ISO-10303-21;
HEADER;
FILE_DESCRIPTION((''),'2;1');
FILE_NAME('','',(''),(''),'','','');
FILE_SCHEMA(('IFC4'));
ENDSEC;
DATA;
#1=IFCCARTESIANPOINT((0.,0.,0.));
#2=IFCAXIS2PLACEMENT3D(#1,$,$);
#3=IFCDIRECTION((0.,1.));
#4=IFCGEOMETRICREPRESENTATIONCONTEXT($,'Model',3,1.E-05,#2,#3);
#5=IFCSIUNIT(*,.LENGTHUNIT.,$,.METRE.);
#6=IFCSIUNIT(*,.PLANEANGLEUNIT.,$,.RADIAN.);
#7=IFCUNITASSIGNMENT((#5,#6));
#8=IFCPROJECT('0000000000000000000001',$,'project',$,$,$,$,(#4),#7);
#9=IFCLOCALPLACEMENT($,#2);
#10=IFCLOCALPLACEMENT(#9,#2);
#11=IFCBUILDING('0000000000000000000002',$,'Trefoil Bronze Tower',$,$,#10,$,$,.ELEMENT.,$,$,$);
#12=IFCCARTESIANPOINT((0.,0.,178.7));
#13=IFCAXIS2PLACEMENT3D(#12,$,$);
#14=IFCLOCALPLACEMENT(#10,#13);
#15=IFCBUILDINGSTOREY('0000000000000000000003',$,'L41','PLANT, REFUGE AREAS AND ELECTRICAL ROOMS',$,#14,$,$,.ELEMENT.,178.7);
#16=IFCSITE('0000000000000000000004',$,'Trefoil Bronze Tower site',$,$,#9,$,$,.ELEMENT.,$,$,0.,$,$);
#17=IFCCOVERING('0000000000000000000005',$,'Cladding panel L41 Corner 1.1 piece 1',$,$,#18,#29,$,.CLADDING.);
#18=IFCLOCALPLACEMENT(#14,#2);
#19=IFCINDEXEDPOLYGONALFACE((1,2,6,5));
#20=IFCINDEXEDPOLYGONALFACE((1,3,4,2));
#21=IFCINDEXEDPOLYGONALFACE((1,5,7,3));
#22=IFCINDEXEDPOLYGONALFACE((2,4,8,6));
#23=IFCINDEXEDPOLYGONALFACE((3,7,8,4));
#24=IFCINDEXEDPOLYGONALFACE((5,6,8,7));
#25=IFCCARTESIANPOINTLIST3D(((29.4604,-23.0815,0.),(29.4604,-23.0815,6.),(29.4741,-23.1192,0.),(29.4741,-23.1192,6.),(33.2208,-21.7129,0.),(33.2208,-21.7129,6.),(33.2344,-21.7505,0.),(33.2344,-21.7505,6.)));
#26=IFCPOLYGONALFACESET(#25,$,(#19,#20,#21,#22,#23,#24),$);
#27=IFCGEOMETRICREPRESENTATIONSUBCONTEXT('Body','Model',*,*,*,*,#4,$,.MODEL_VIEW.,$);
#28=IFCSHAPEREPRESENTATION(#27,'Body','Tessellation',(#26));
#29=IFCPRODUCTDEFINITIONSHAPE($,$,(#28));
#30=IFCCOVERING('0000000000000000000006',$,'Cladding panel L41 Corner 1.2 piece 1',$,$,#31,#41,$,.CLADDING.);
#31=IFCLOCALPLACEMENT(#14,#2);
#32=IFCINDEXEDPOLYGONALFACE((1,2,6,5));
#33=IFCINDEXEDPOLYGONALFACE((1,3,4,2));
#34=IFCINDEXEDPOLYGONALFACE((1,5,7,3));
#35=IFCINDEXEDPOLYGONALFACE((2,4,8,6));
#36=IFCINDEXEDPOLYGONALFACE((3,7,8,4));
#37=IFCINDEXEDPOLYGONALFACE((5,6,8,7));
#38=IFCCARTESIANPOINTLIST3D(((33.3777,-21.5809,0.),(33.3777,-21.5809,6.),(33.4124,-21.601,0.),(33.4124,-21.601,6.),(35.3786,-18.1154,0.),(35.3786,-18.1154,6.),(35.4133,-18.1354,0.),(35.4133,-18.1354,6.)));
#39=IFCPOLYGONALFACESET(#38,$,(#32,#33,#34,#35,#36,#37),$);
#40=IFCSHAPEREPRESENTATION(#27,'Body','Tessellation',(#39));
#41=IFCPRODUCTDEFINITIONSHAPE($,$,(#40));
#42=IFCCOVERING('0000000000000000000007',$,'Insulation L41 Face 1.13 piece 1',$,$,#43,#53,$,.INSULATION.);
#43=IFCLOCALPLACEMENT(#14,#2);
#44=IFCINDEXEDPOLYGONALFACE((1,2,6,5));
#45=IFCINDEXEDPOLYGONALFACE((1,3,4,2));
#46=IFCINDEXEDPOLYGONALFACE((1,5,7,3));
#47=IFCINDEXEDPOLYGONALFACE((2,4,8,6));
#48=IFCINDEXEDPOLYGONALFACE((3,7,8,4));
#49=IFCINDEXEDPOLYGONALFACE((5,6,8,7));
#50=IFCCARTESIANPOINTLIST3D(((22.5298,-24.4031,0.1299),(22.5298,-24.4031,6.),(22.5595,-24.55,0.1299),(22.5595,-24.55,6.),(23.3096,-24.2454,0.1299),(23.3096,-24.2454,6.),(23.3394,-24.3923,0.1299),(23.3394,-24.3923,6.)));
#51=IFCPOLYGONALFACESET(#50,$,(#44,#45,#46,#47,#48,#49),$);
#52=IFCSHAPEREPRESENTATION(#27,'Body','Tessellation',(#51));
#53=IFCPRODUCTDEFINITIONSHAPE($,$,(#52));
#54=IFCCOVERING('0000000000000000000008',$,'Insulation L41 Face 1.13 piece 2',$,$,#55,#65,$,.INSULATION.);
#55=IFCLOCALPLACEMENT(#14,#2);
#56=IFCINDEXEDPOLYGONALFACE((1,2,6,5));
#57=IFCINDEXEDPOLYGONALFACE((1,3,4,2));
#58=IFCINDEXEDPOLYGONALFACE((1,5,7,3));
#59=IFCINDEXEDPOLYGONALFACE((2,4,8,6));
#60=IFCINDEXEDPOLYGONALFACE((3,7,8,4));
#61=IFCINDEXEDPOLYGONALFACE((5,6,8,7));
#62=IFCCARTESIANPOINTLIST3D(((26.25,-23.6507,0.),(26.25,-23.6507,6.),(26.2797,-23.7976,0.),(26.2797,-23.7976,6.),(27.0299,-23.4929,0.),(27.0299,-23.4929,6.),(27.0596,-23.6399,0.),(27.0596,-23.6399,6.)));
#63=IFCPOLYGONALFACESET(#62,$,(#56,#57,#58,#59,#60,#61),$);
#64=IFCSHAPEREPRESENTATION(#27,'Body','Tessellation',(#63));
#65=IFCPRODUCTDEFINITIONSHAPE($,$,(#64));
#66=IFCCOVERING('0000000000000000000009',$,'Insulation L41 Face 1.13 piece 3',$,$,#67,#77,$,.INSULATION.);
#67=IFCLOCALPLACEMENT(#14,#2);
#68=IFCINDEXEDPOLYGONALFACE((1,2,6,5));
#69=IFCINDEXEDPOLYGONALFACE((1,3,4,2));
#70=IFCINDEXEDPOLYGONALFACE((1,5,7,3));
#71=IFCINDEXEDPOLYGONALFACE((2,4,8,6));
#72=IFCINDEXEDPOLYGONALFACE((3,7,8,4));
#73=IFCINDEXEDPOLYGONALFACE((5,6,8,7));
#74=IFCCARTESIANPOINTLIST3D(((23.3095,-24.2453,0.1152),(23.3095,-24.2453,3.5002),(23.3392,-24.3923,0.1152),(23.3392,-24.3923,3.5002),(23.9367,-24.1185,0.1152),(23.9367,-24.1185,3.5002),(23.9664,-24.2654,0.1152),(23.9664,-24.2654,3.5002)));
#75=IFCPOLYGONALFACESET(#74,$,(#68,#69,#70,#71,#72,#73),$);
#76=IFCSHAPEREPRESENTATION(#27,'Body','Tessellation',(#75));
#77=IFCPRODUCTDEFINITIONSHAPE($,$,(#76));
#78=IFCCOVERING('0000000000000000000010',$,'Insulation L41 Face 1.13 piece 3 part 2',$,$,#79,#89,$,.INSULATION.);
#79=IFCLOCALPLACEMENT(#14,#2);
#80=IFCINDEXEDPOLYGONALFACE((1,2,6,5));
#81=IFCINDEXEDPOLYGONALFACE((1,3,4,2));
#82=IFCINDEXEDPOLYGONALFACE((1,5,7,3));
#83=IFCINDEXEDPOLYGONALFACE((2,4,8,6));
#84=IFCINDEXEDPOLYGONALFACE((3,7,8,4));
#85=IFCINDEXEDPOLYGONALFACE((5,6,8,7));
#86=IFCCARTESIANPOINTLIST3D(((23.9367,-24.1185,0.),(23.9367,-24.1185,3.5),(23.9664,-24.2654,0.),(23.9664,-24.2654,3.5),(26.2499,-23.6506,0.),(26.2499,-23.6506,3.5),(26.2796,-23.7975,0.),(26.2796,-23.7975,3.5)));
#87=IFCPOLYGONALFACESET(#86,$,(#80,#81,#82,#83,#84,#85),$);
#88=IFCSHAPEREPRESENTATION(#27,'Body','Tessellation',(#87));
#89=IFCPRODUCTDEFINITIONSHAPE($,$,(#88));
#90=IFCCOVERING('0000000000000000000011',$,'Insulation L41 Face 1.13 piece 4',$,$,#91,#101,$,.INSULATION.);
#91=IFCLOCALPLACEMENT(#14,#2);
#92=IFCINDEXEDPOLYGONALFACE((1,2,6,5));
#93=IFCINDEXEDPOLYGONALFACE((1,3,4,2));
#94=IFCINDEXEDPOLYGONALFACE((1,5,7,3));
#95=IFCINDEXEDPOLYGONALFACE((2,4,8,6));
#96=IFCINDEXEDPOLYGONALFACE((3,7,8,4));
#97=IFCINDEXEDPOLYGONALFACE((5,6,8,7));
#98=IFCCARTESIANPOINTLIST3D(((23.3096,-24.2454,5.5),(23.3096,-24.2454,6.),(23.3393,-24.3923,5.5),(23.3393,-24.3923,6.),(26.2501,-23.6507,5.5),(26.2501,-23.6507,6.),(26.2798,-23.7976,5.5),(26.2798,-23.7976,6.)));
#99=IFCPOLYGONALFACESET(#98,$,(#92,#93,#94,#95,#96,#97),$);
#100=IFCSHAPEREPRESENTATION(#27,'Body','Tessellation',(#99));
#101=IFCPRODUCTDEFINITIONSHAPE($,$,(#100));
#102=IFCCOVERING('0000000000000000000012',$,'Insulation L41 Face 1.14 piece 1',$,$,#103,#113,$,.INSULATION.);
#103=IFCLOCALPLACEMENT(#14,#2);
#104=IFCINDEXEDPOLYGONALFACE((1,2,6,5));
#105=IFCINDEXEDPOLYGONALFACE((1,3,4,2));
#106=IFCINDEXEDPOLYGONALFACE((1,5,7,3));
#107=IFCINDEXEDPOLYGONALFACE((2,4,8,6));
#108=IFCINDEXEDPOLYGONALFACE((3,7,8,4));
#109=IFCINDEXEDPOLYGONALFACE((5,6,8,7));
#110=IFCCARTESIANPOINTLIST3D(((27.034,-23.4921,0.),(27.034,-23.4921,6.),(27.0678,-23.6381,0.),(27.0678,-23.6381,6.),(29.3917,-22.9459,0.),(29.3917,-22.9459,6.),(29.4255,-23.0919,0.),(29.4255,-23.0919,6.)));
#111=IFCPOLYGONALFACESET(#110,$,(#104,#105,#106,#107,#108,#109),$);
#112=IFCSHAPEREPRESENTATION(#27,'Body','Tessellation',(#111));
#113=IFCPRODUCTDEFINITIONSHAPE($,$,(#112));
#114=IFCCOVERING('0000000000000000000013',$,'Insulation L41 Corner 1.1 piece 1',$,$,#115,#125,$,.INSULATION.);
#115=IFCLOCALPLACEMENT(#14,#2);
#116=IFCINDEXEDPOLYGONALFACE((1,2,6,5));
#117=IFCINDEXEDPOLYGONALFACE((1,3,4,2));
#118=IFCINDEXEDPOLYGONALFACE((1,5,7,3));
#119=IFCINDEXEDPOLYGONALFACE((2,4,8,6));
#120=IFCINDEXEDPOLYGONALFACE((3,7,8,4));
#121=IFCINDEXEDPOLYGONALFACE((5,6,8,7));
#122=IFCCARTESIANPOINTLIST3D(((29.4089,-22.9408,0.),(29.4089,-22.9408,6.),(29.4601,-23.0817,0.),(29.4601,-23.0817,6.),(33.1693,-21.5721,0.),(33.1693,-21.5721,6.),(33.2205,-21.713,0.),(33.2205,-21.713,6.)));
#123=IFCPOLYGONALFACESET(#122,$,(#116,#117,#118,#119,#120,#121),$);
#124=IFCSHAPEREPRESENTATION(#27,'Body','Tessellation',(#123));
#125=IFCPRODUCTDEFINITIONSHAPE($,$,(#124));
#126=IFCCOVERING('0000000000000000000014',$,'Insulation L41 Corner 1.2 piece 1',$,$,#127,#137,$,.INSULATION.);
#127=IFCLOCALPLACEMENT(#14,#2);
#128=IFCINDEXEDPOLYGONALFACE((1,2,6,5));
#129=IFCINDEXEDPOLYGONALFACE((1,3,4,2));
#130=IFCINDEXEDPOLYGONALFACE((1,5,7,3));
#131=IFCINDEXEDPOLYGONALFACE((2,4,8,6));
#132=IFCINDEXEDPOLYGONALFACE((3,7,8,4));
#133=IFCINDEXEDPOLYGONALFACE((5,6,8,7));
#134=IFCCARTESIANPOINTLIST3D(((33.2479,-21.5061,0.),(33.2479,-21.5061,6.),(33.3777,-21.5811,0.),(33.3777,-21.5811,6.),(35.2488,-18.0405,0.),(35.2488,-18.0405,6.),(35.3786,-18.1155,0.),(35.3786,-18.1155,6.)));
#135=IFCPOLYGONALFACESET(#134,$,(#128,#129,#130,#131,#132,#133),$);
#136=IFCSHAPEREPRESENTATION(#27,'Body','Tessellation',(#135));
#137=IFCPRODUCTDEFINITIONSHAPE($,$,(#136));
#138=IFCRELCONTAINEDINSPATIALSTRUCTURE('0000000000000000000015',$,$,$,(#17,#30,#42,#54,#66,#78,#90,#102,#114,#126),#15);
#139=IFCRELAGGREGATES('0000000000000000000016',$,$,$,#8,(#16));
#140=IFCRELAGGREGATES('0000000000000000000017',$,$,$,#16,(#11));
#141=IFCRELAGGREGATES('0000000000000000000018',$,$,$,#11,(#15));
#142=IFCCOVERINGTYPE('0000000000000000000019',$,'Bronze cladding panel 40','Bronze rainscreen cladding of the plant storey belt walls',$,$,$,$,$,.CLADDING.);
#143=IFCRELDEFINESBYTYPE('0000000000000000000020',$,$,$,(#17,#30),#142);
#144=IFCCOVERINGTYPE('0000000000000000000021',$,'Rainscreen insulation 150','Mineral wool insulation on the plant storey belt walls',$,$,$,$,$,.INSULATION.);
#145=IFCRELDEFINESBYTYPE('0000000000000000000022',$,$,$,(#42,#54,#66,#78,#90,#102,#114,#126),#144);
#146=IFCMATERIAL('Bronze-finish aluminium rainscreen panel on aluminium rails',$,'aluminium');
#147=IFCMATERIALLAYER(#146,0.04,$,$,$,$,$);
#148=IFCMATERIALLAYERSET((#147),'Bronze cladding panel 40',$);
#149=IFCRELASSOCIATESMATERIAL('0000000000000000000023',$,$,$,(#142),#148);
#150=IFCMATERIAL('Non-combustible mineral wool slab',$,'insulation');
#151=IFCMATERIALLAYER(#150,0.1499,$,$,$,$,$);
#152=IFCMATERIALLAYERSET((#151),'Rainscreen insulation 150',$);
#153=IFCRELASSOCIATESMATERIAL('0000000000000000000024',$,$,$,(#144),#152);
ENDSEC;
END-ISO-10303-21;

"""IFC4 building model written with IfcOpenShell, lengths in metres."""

from ifc_helpers import new_model, si_unit, direction, frame, origin, origin_2d, place, context, subcontext, project, spatial, rectangle, extrude, material, layer, layer_set, type_object, element, save


model = new_model("IFC4")

# Units and contexts
model_context = context("Model", 3, precision=1e-05, world=origin(), true_north=direction((0.0, 1.0)))
body_context = subcontext(model_context, "Body", "Model", "MODEL_VIEW")
ifc_project = project(units=[si_unit("LENGTHUNIT", "METRE"), si_unit("PLANEANGLEUNIT", "RADIAN")], contexts=[model_context])

# Site, building, storey
site_placement = place(None, origin())
site = spatial("IfcSite", under=ifc_project, at=site_placement, Name="Trefoil Bronze Tower site", CompositionType="ELEMENT", RefElevation=0.0)
building_placement = place(site_placement, origin())
building = spatial("IfcBuilding", under=site, at=building_placement, Name="Trefoil Bronze Tower", CompositionType="ELEMENT")
storey_placement = place(building_placement, frame((0.0, 0.0, 178.7)))
storey = spatial("IfcBuildingStorey", under=building, at=storey_placement, Name="L41", Description="PLANT, REFUGE AREAS AND ELECTRICAL ROOMS", CompositionType="ELEMENT", Elevation=178.7)

# Coverings
ifc_material_1 = material(Name="Bronze-finish aluminium rainscreen panel on aluminium rails", Category="aluminium")
ifc_layer_1 = layer(ifc_material_1, 0.04)
ifc_layer_set_1 = layer_set([ifc_layer_1], Name="Bronze cladding panel 40")
covering_type_1 = type_object("IfcCoveringType", Name="Bronze cladding panel 40", Description="Bronze rainscreen cladding of the plant storey belt walls", PredefinedType="CLADDING", material=ifc_layer_set_1)
for number, where, z_axis, x_axis, name in (
    (1, (31.3474, -22.416, 0.0), (0.0, 0.0, 1.0), (0.939693, 0.34202, 0.0), "Cladding panel L41 Corner 1.1 piece 1"),
    (2, (34.3955, -19.8582, 0.0), (0.0, 0.0, 1.0), (0.5, 0.866025, 0.0), "Cladding panel L41 Corner 1.2 piece 1"),
):
    element("IfcCovering", number, at=place(storey_placement, frame(where, z_axis=z_axis, x_axis=x_axis)), inside=storey, type_object=covering_type_1, Name=name, PredefinedType="CLADDING", context=body_context, shape_type="SweptSolid", body=[
        extrude(rectangle(XDim=4.0017, YDim=0.04, at=origin_2d()), origin(), (0.0, 0.0, 1.0), 6.0),
    ])
ifc_material_2 = material(Name="Non-combustible mineral wool slab", Category="insulation")
ifc_layer_2 = layer(ifc_material_2, 0.1499)
ifc_layer_set_2 = layer_set([ifc_layer_2], Name="Rainscreen insulation 150")
covering_type_2 = type_object("IfcCoveringType", Name="Rainscreen insulation 150", Description="Mineral wool insulation on the plant storey belt walls", PredefinedType="INSULATION", material=ifc_layer_set_2)
covering_1_placement = place(storey_placement, frame((22.9346, -24.3977, 0.1299), z_axis=(0.0, 0.0, 1.0), x_axis=(0.980155, 0.198232, 0.0)))
element("IfcCovering", 3, at=covering_1_placement, inside=storey, type_object=covering_type_2, Name="Insulation L41 Face 1.13 piece 1", PredefinedType="INSULATION", context=body_context, shape_type="SweptSolid", body=[
    extrude(rectangle(XDim=0.7957, YDim=0.1499, at=origin_2d()), origin(), (0.0, 0.0, 1.0), 5.8701),
])
covering_2_placement = place(storey_placement, frame((26.6548, -23.6453, 0.0), z_axis=(0.0, 0.0, 1.0), x_axis=(0.980155, 0.198232, 0.0)))
element("IfcCovering", 4, at=covering_2_placement, inside=storey, type_object=covering_type_2, Name="Insulation L41 Face 1.13 piece 2", PredefinedType="INSULATION", context=body_context, shape_type="SweptSolid", body=[
    extrude(rectangle(XDim=0.7957, YDim=0.1499, at=origin_2d()), origin(), (0.0, 0.0, 1.0), 6.0),
])
covering_3_placement = place(storey_placement, frame((23.6379, -24.2554, 0.1152), z_axis=(0.0, 0.0, 1.0), x_axis=(0.980155, 0.198232, 0.0)))
element("IfcCovering", 5, at=covering_3_placement, inside=storey, type_object=covering_type_2, Name="Insulation L41 Face 1.13 piece 3", PredefinedType="INSULATION", context=body_context, shape_type="SweptSolid", body=[
    extrude(rectangle(XDim=0.6399, YDim=0.1499, at=origin_2d()), origin(), (0.0, 0.0, 1.0), 3.385),
])
covering_4_placement = place(storey_placement, frame((25.1082, -23.958, 0.0), z_axis=(0.0, 0.0, 1.0), x_axis=(0.980155, 0.198232, 0.0)))
element("IfcCovering", 6, at=covering_4_placement, inside=storey, type_object=covering_type_2, Name="Insulation L41 Face 1.13 piece 3 part 2", PredefinedType="INSULATION", context=body_context, shape_type="SweptSolid", body=[
    extrude(rectangle(XDim=2.3601, YDim=0.1499, at=origin_2d()), origin(), (0.0, 0.0, 1.0), 3.5),
])
covering_5_placement = place(storey_placement, frame((24.7947, -24.0215, 5.5), z_axis=(0.0, 0.0, 1.0), x_axis=(0.980155, 0.198232, 0.0)))
element("IfcCovering", 7, at=covering_5_placement, inside=storey, type_object=covering_type_2, Name="Insulation L41 Face 1.13 piece 4", PredefinedType="INSULATION", context=body_context, shape_type="SweptSolid", body=[
    extrude(rectangle(XDim=3.0, YDim=0.1499, at=origin_2d()), origin(), (0.0, 0.0, 1.0), 0.5),
])
covering_6_placement = place(storey_placement, frame((28.2297, -23.292, 0.0), z_axis=(0.0, 0.0, 1.0), x_axis=(0.974204, 0.225667, 0.0)))
element("IfcCovering", 8, at=covering_6_placement, inside=storey, type_object=covering_type_2, Name="Insulation L41 Face 1.14 piece 1", PredefinedType="INSULATION", context=body_context, shape_type="SweptSolid", body=[
    extrude(rectangle(XDim=2.4202, YDim=0.1499, at=origin_2d()), origin(), (0.0, 0.0, 1.0), 6.0),
])
for number, where, z_axis, x_axis, name in (
    (9, (31.3147, -22.3269, 0.0), (0.0, 0.0, 1.0), (0.939693, 0.34202, 0.0), "Insulation L41 Corner 1.1 piece 1"),
    (10, (34.3132, -19.8108, 0.0), (0.0, 0.0, 1.0), (0.5, 0.866025, 0.0), "Insulation L41 Corner 1.2 piece 1"),
):
    element("IfcCovering", number, at=place(storey_placement, frame(where, z_axis=z_axis, x_axis=x_axis)), inside=storey, type_object=covering_type_2, Name=name, PredefinedType="INSULATION", context=body_context, shape_type="SweptSolid", body=[
        extrude(rectangle(XDim=4.0017, YDim=0.1499, at=origin_2d()), origin(), (0.0, 0.0, 1.0), 6.0),
    ])

save(model, "model.ifc")
